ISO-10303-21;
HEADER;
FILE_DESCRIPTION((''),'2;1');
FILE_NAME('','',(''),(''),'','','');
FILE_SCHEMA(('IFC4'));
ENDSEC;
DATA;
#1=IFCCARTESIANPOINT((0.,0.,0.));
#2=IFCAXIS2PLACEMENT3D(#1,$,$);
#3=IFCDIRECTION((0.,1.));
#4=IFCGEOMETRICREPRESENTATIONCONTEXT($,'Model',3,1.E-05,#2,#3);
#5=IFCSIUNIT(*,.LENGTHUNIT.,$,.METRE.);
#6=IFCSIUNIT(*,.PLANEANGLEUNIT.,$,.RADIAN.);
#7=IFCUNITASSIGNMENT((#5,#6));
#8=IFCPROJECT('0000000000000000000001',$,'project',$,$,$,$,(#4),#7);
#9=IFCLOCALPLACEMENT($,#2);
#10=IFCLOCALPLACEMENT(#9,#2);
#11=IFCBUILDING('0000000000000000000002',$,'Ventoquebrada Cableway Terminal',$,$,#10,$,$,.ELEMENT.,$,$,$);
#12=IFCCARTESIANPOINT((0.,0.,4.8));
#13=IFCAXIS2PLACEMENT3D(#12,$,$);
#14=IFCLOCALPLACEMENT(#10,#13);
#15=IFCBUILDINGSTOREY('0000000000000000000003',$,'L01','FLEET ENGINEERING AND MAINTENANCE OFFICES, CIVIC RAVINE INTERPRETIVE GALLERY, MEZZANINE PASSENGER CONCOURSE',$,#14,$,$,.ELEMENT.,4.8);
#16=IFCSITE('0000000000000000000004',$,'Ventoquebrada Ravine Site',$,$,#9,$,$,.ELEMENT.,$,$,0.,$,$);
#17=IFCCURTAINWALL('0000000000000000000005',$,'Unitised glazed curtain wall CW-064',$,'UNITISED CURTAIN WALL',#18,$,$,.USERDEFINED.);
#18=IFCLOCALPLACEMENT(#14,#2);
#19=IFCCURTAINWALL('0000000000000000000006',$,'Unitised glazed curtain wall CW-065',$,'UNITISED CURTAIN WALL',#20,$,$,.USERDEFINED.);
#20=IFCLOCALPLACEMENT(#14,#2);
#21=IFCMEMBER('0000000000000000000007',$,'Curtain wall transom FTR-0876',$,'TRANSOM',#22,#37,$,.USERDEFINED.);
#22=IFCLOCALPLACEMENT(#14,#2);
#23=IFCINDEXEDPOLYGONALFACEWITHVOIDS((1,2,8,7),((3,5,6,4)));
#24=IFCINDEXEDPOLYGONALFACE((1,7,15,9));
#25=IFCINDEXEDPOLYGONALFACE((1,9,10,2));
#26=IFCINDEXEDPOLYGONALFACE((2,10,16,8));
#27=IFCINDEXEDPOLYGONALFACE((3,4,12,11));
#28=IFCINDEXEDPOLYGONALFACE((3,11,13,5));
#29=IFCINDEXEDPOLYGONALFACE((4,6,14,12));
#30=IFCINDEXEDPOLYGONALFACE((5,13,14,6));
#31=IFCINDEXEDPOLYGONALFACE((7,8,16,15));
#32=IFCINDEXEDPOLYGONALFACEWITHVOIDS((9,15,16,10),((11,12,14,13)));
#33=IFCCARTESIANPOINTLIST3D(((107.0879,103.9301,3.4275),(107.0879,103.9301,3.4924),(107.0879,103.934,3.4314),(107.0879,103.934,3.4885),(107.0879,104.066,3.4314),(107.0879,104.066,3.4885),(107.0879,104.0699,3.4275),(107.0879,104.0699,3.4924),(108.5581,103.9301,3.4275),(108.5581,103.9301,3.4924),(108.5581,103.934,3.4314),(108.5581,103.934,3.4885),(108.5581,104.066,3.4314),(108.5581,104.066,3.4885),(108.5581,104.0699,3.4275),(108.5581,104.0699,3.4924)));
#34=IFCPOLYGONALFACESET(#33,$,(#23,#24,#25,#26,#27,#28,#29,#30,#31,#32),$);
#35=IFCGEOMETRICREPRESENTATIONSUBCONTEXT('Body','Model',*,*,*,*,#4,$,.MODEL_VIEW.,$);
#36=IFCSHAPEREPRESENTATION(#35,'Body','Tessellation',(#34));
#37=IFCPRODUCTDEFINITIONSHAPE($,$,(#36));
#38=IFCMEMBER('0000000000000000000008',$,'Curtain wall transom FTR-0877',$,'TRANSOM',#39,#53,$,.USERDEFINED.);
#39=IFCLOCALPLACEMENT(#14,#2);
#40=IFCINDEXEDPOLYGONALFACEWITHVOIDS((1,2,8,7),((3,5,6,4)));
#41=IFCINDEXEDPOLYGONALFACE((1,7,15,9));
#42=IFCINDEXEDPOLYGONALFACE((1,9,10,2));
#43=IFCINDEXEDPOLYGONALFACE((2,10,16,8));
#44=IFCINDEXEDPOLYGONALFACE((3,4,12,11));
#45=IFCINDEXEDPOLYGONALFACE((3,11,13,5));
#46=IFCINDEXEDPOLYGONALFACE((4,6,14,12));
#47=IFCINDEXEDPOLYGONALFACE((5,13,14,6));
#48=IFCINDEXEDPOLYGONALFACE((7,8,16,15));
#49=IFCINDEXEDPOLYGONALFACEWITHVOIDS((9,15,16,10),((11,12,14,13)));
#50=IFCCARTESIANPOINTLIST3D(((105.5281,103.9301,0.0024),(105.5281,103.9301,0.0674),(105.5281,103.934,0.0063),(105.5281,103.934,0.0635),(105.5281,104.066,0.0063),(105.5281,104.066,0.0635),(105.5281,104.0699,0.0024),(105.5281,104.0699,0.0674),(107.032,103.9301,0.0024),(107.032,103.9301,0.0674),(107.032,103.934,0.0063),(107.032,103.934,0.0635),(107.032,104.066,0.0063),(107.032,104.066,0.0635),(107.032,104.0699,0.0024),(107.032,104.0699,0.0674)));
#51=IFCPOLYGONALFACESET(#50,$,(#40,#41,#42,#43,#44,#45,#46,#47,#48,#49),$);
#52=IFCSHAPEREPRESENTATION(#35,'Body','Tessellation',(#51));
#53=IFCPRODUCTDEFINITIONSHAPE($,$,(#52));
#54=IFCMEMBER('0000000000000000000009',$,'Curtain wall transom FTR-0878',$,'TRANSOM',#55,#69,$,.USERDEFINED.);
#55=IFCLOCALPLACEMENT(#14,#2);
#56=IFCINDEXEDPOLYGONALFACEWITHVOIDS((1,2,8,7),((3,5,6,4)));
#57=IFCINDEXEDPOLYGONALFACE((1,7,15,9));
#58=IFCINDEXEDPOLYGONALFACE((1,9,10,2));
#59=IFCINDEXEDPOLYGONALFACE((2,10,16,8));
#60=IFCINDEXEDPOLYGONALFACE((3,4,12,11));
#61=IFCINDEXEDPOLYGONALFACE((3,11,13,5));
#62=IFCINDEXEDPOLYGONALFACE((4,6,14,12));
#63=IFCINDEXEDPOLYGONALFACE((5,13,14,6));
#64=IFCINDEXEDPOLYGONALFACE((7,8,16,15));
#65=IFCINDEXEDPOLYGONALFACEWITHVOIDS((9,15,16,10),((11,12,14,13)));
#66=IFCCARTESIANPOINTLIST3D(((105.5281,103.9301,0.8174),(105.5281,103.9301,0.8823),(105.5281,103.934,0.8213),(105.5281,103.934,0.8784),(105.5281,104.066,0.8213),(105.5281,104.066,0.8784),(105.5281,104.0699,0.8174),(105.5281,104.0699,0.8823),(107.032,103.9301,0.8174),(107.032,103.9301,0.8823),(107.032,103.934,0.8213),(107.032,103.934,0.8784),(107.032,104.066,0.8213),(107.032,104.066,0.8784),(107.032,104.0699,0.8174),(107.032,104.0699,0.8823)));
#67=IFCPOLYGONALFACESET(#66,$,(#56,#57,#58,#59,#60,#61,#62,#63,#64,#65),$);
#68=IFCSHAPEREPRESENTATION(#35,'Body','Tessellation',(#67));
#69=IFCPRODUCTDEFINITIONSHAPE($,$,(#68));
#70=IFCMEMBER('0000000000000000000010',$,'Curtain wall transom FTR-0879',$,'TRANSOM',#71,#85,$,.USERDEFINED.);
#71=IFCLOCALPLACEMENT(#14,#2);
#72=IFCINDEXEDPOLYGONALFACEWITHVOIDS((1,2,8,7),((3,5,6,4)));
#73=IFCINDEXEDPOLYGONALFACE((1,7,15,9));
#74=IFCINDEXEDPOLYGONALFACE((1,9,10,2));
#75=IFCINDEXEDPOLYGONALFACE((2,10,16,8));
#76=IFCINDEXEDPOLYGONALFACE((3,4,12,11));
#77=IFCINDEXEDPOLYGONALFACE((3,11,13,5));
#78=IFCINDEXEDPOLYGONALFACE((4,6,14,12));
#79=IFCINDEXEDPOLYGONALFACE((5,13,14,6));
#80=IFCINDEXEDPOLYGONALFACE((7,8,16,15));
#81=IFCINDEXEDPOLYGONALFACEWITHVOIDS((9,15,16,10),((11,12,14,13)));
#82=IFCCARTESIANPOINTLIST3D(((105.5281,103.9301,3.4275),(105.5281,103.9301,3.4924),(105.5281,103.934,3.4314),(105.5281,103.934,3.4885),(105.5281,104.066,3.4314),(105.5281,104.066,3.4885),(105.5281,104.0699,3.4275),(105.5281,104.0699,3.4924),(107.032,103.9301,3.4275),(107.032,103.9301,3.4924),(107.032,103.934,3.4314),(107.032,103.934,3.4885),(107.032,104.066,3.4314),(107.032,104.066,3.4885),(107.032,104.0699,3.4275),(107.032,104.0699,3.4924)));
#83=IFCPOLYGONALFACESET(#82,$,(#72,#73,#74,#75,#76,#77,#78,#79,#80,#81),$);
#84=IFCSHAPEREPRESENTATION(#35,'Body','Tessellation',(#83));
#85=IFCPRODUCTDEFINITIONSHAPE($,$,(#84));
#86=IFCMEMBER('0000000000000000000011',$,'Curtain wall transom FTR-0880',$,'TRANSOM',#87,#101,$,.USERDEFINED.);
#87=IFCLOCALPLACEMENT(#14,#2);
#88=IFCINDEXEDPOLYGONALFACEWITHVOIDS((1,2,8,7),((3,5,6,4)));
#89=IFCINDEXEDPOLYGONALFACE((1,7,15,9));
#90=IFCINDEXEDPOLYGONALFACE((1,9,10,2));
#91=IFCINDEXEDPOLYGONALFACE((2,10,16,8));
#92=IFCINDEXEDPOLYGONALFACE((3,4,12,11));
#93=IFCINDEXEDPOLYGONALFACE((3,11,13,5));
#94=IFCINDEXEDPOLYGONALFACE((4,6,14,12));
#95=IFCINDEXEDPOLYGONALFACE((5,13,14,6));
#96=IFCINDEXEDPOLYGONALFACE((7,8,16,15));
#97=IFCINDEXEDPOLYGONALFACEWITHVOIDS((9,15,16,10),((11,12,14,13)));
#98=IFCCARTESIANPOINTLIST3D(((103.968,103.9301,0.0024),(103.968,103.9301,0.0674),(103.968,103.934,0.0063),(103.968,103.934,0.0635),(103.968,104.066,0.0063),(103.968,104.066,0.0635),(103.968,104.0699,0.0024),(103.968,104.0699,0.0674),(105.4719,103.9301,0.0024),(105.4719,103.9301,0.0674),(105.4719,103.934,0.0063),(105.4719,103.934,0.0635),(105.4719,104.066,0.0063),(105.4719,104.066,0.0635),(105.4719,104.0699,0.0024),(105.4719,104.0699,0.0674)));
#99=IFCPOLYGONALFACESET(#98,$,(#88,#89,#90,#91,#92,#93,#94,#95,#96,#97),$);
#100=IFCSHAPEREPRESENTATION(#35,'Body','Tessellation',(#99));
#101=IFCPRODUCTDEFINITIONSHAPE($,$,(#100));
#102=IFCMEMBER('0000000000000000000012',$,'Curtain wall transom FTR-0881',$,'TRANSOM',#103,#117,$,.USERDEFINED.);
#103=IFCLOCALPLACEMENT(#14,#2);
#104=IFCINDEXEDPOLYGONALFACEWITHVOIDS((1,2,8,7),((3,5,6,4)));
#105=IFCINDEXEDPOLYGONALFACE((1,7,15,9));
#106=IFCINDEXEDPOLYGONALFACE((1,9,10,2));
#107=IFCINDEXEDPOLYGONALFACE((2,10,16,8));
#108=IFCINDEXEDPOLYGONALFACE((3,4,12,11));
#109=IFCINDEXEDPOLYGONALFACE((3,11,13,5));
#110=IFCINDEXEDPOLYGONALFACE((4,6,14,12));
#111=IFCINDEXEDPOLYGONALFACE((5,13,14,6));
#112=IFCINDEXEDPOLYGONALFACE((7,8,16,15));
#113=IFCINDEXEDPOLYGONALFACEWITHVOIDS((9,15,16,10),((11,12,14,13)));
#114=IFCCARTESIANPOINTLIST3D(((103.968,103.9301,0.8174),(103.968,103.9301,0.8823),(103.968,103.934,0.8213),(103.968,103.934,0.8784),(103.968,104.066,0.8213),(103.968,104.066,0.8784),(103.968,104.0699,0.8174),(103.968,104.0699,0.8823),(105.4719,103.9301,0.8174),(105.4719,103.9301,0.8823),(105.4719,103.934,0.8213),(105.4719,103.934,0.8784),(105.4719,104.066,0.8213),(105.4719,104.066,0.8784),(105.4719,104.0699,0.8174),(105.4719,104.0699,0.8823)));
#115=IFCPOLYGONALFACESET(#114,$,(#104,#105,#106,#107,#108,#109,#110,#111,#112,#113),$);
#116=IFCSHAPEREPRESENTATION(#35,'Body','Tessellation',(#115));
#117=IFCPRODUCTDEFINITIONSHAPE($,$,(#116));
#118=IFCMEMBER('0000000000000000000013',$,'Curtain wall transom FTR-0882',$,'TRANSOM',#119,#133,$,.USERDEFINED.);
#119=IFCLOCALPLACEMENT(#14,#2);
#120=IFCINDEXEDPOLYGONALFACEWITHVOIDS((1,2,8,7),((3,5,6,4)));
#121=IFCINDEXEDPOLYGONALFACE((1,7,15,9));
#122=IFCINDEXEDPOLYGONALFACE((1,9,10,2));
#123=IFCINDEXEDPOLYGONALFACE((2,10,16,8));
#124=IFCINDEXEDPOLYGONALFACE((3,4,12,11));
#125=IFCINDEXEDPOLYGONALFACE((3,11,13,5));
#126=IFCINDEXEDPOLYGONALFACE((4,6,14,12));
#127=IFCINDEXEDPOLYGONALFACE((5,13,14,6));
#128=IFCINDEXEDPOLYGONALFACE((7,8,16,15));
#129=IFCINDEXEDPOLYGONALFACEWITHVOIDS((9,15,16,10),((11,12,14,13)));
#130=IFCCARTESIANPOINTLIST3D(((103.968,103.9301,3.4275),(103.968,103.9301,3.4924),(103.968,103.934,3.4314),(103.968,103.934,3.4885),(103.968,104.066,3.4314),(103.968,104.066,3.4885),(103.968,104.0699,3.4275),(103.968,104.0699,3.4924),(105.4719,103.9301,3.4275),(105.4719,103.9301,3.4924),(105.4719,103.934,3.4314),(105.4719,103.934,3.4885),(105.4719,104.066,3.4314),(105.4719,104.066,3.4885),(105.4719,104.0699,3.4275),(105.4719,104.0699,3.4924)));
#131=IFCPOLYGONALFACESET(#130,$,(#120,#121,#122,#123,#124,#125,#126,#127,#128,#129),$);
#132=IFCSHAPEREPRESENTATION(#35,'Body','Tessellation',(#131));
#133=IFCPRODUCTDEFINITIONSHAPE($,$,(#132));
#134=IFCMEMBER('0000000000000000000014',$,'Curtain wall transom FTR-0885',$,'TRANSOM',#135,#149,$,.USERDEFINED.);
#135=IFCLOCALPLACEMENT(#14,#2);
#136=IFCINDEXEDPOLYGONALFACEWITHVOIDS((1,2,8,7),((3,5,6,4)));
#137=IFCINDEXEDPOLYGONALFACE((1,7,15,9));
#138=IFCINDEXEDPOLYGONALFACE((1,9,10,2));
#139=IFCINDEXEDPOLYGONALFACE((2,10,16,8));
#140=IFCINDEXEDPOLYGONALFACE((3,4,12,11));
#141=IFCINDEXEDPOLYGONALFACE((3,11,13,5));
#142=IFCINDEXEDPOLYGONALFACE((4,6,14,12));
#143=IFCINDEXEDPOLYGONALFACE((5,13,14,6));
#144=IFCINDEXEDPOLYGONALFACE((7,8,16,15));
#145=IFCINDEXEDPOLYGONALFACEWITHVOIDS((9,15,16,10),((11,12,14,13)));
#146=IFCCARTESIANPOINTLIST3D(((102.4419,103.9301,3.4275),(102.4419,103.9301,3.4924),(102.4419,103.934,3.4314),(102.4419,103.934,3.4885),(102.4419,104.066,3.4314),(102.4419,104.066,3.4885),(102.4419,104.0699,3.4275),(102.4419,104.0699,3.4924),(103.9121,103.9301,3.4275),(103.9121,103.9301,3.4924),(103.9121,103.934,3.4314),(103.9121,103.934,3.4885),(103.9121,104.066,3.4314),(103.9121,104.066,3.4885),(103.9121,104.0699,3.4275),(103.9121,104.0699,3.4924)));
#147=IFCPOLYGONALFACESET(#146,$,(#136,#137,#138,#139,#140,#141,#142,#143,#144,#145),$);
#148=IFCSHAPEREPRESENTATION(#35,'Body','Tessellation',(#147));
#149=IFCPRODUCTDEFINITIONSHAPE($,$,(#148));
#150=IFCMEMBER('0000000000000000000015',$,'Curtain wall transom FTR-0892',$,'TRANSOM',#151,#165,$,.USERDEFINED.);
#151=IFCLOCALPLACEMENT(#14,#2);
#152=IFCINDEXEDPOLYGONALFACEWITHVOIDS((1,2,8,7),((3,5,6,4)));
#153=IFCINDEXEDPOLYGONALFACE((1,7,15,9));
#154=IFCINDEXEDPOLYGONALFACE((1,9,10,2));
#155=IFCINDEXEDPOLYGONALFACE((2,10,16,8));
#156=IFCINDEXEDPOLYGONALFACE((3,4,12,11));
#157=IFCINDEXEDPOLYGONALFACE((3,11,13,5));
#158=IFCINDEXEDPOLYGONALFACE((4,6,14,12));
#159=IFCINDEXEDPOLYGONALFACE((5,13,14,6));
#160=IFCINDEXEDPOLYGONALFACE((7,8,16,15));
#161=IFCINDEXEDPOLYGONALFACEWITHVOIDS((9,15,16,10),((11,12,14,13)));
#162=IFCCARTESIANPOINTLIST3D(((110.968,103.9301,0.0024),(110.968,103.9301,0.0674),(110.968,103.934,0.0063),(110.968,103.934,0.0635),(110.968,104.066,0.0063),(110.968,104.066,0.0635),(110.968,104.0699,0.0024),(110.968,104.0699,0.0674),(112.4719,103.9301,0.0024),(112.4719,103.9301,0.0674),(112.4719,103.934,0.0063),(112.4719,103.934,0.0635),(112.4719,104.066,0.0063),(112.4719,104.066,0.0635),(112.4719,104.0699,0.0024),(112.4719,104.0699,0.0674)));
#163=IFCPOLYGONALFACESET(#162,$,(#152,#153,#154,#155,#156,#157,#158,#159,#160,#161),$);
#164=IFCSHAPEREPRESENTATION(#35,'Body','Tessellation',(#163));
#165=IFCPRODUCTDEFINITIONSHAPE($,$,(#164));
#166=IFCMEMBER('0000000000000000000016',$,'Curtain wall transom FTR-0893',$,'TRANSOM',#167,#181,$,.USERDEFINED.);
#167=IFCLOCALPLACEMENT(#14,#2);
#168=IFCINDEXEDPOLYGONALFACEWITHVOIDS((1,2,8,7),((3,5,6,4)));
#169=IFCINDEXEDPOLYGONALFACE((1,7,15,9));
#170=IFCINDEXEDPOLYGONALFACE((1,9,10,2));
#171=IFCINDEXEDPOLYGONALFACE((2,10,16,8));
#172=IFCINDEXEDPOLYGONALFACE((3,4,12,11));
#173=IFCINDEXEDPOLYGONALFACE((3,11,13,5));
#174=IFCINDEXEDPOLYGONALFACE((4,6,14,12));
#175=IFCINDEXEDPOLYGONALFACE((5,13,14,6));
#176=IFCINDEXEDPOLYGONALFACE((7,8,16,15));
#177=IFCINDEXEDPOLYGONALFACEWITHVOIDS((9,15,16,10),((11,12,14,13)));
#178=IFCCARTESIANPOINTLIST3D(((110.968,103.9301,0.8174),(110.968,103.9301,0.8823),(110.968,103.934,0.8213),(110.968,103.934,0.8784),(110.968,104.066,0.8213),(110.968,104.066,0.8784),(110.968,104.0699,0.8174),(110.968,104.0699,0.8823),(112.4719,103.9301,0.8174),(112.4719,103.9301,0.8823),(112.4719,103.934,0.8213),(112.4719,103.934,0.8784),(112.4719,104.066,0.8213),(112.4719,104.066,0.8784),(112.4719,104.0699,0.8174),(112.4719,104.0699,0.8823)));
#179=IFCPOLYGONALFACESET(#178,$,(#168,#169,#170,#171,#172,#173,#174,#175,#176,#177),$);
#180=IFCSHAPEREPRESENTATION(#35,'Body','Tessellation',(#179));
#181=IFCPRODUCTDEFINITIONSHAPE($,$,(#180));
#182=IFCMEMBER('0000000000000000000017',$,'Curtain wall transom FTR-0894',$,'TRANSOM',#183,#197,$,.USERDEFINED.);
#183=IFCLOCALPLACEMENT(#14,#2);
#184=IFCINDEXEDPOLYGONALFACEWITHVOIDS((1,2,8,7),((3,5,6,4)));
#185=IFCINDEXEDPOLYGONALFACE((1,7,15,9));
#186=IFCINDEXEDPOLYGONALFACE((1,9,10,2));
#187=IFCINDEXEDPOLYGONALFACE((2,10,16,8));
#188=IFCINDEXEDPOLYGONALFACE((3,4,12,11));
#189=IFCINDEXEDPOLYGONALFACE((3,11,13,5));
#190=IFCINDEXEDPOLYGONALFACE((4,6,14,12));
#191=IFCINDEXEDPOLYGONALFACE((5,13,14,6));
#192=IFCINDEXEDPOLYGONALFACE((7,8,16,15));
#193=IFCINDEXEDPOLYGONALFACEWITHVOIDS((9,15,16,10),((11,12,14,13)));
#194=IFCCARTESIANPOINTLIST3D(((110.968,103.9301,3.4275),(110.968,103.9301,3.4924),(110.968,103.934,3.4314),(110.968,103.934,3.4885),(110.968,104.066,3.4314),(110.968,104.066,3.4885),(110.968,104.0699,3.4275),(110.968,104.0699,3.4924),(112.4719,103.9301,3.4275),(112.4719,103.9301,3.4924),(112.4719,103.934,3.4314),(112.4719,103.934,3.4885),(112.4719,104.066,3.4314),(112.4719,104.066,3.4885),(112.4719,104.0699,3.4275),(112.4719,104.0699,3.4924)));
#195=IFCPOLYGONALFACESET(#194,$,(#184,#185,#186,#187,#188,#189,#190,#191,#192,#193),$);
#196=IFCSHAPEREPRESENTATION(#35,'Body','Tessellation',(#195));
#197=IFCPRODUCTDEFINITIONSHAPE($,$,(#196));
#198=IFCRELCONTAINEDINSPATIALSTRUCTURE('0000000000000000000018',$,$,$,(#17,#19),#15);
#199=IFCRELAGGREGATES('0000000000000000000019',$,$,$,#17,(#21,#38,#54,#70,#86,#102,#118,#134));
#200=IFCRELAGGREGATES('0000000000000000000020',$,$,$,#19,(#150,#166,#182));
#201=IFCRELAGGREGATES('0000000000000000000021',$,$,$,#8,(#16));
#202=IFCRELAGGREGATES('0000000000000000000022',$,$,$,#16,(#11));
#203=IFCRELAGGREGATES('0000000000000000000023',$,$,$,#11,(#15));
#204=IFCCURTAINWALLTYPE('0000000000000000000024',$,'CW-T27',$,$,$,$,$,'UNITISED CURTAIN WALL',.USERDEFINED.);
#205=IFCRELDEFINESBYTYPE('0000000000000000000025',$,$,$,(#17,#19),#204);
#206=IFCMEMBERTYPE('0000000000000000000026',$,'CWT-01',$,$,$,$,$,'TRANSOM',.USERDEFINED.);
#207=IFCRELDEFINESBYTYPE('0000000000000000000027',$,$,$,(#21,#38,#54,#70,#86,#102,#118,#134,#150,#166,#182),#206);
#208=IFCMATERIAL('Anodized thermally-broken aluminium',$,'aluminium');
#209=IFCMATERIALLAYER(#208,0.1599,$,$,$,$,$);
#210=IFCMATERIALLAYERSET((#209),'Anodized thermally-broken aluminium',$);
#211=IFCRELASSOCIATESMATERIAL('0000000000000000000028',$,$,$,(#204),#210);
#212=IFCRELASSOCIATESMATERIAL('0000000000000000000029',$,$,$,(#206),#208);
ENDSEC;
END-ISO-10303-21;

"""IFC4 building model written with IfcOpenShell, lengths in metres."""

from ifc_helpers import new_model, si_unit, direction, frame, origin, origin_2d, place, context, subcontext, project, spatial, hollow_rectangle, extrude, material, layer, layer_set, material_profile, profile_set, type_object, element, aggregate, save


model = new_model("IFC4")

# Units and contexts
model_context = context("Model", 3, precision=1e-05, world=origin(), true_north=direction((0.0, 1.0)))
body_context = subcontext(model_context, "Body", "Model", "MODEL_VIEW")
ifc_project = project(units=[si_unit("LENGTHUNIT", "METRE"), si_unit("PLANEANGLEUNIT", "RADIAN")], contexts=[model_context])

# Site, building, storey
site_placement = place(None, origin())
site = spatial("IfcSite", under=ifc_project, at=site_placement, Name="Ventoquebrada Ravine Site", CompositionType="ELEMENT", RefElevation=0.0)
building_placement = place(site_placement, origin())
building = spatial("IfcBuilding", under=site, at=building_placement, Name="Ventoquebrada Cableway Terminal", CompositionType="ELEMENT")
storey_placement = place(building_placement, frame((0.0, 0.0, 4.8)))
storey = spatial("IfcBuildingStorey", under=building, at=storey_placement, Name="L01", Description="FLEET ENGINEERING AND MAINTENANCE OFFICES, CIVIC RAVINE INTERPRETIVE GALLERY, MEZZANINE PASSENGER CONCOURSE", CompositionType="ELEMENT", Elevation=4.8)

# Curtain walls
ifc_material_1 = material(Name="Anodized thermally-broken aluminium", Category="aluminium")
ifc_layer_1 = layer(ifc_material_1, 0.1599)
ifc_layer_set_1 = layer_set([ifc_layer_1], Name="Anodized thermally-broken aluminium")
curtain_wall_type = type_object("IfcCurtainWallType", Name="CW-T27", ElementType="UNITISED CURTAIN WALL", PredefinedType="USERDEFINED", material=ifc_layer_set_1)
curtain_wall_1_placement = place(storey_placement, origin())
curtain_wall_1 = element("IfcCurtainWall", 1, at=curtain_wall_1_placement, inside=storey, type_object=curtain_wall_type, Name="Unitised glazed curtain wall CW-064", ObjectType="UNITISED CURTAIN WALL", PredefinedType="USERDEFINED")
curtain_wall_2_placement = place(storey_placement, origin())
curtain_wall_2 = element("IfcCurtainWall", 2, at=curtain_wall_2_placement, inside=storey, type_object=curtain_wall_type, Name="Unitised glazed curtain wall CW-065", ObjectType="UNITISED CURTAIN WALL", PredefinedType="USERDEFINED")

# Members
ifc_material_profile_1 = material_profile(ifc_material_1, hollow_rectangle(XDim=0.0649, YDim=0.1399, WallThickness=0.0039, at=origin_2d()), Name="CW-TRN-65X140")
ifc_profile_set_1 = profile_set([ifc_material_profile_1], Name="Anodized thermally-broken aluminium")
member_type_1 = type_object("IfcMemberType", Name="CWT-01", ElementType="TRANSOM", PredefinedType="USERDEFINED", material=ifc_profile_set_1)
member_1_placement = place(storey_placement, frame((108.5581, 104.0, 3.46), z_axis=(-1.0, 0.0, 0.0), x_axis=(0.0, 0.0, 1.0)))
member_1 = element("IfcMember", 3, at=member_1_placement, type_object=member_type_1, Name="Curtain wall transom FTR-0876", ObjectType="TRANSOM", PredefinedType="USERDEFINED", context=body_context, shape_type="SweptSolid", body=[
    extrude(hollow_rectangle(XDim=0.0649, YDim=0.1399, WallThickness=0.0039, at=origin_2d()), origin(), (0.0, 0.0, 1.0), 1.4702),
])
member_2_placement = place(storey_placement, frame((107.032, 104.0, 0.0349), z_axis=(-1.0, 0.0, 0.0), x_axis=(0.0, 0.0, 1.0)))
member_2 = element("IfcMember", 4, at=member_2_placement, type_object=member_type_1, Name="Curtain wall transom FTR-0877", ObjectType="TRANSOM", PredefinedType="USERDEFINED", context=body_context, shape_type="SweptSolid", body=[
    extrude(hollow_rectangle(XDim=0.0649, YDim=0.1399, WallThickness=0.0039, at=origin_2d()), origin(), (0.0, 0.0, 1.0), 1.5039),
])
member_3_placement = place(storey_placement, frame((107.032, 104.0, 0.8499), z_axis=(-1.0, 0.0, 0.0), x_axis=(0.0, 0.0, 1.0)))
member_3 = element("IfcMember", 5, at=member_3_placement, type_object=member_type_1, Name="Curtain wall transom FTR-0878", ObjectType="TRANSOM", PredefinedType="USERDEFINED", context=body_context, shape_type="SweptSolid", body=[
    extrude(hollow_rectangle(XDim=0.0649, YDim=0.1399, WallThickness=0.0039, at=origin_2d()), origin(), (0.0, 0.0, 1.0), 1.5039),
])
member_4_placement = place(storey_placement, frame((107.032, 104.0, 3.46), z_axis=(-1.0, 0.0, 0.0), x_axis=(0.0, 0.0, 1.0)))
member_4 = element("IfcMember", 6, at=member_4_placement, type_object=member_type_1, Name="Curtain wall transom FTR-0879", ObjectType="TRANSOM", PredefinedType="USERDEFINED", context=body_context, shape_type="SweptSolid", body=[
    extrude(hollow_rectangle(XDim=0.0649, YDim=0.1399, WallThickness=0.0039, at=origin_2d()), origin(), (0.0, 0.0, 1.0), 1.5039),
])
member_5_placement = place(storey_placement, frame((105.4719, 104.0, 0.0349), z_axis=(-1.0, 0.0, 0.0), x_axis=(0.0, 0.0, 1.0)))
member_5 = element("IfcMember", 7, at=member_5_placement, type_object=member_type_1, Name="Curtain wall transom FTR-0880", ObjectType="TRANSOM", PredefinedType="USERDEFINED", context=body_context, shape_type="SweptSolid", body=[
    extrude(hollow_rectangle(XDim=0.0649, YDim=0.1399, WallThickness=0.0039, at=origin_2d()), origin(), (0.0, 0.0, 1.0), 1.5039),
])
member_6_placement = place(storey_placement, frame((105.4719, 104.0, 0.8499), z_axis=(-1.0, 0.0, 0.0), x_axis=(0.0, 0.0, 1.0)))
member_6 = element("IfcMember", 8, at=member_6_placement, type_object=member_type_1, Name="Curtain wall transom FTR-0881", ObjectType="TRANSOM", PredefinedType="USERDEFINED", context=body_context, shape_type="SweptSolid", body=[
    extrude(hollow_rectangle(XDim=0.0649, YDim=0.1399, WallThickness=0.0039, at=origin_2d()), origin(), (0.0, 0.0, 1.0), 1.5039),
])
member_7_placement = place(storey_placement, frame((105.4719, 104.0, 3.46), z_axis=(-1.0, 0.0, 0.0), x_axis=(0.0, 0.0, 1.0)))
member_7 = element("IfcMember", 9, at=member_7_placement, type_object=member_type_1, Name="Curtain wall transom FTR-0882", ObjectType="TRANSOM", PredefinedType="USERDEFINED", context=body_context, shape_type="SweptSolid", body=[
    extrude(hollow_rectangle(XDim=0.0649, YDim=0.1399, WallThickness=0.0039, at=origin_2d()), origin(), (0.0, 0.0, 1.0), 1.5039),
])
member_8_placement = place(storey_placement, frame((103.9121, 104.0, 3.46), z_axis=(-1.0, 0.0, 0.0), x_axis=(0.0, 0.0, 1.0)))
member_8 = element("IfcMember", 10, at=member_8_placement, type_object=member_type_1, Name="Curtain wall transom FTR-0885", ObjectType="TRANSOM", PredefinedType="USERDEFINED", context=body_context, shape_type="SweptSolid", body=[
    extrude(hollow_rectangle(XDim=0.0649, YDim=0.1399, WallThickness=0.0039, at=origin_2d()), origin(), (0.0, 0.0, 1.0), 1.4702),
])
member_9_placement = place(storey_placement, frame((112.4719, 104.0, 0.0349), z_axis=(-1.0, 0.0, 0.0), x_axis=(0.0, 0.0, 1.0)))
member_9 = element("IfcMember", 11, at=member_9_placement, type_object=member_type_1, Name="Curtain wall transom FTR-0892", ObjectType="TRANSOM", PredefinedType="USERDEFINED", context=body_context, shape_type="SweptSolid", body=[
    extrude(hollow_rectangle(XDim=0.0649, YDim=0.1399, WallThickness=0.0039, at=origin_2d()), origin(), (0.0, 0.0, 1.0), 1.5039),
])
member_10_placement = place(storey_placement, frame((112.4719, 104.0, 0.8499), z_axis=(-1.0, 0.0, 0.0), x_axis=(0.0, 0.0, 1.0)))
member_10 = element("IfcMember", 12, at=member_10_placement, type_object=member_type_1, Name="Curtain wall transom FTR-0893", ObjectType="TRANSOM", PredefinedType="USERDEFINED", context=body_context, shape_type="SweptSolid", body=[
    extrude(hollow_rectangle(XDim=0.0649, YDim=0.1399, WallThickness=0.0039, at=origin_2d()), origin(), (0.0, 0.0, 1.0), 1.5039),
])
member_11_placement = place(storey_placement, frame((112.4719, 104.0, 3.46), z_axis=(-1.0, 0.0, 0.0), x_axis=(0.0, 0.0, 1.0)))
member_11 = element("IfcMember", 13, at=member_11_placement, type_object=member_type_1, Name="Curtain wall transom FTR-0894", ObjectType="TRANSOM", PredefinedType="USERDEFINED", context=body_context, shape_type="SweptSolid", body=[
    extrude(hollow_rectangle(XDim=0.0649, YDim=0.1399, WallThickness=0.0039, at=origin_2d()), origin(), (0.0, 0.0, 1.0), 1.5039),
])

aggregate(curtain_wall_1, [member_1, member_2, member_3, member_4, member_5, member_6, member_7, member_8])
aggregate(curtain_wall_2, [member_9, member_10, member_11])

save(model, "model.ifc")
